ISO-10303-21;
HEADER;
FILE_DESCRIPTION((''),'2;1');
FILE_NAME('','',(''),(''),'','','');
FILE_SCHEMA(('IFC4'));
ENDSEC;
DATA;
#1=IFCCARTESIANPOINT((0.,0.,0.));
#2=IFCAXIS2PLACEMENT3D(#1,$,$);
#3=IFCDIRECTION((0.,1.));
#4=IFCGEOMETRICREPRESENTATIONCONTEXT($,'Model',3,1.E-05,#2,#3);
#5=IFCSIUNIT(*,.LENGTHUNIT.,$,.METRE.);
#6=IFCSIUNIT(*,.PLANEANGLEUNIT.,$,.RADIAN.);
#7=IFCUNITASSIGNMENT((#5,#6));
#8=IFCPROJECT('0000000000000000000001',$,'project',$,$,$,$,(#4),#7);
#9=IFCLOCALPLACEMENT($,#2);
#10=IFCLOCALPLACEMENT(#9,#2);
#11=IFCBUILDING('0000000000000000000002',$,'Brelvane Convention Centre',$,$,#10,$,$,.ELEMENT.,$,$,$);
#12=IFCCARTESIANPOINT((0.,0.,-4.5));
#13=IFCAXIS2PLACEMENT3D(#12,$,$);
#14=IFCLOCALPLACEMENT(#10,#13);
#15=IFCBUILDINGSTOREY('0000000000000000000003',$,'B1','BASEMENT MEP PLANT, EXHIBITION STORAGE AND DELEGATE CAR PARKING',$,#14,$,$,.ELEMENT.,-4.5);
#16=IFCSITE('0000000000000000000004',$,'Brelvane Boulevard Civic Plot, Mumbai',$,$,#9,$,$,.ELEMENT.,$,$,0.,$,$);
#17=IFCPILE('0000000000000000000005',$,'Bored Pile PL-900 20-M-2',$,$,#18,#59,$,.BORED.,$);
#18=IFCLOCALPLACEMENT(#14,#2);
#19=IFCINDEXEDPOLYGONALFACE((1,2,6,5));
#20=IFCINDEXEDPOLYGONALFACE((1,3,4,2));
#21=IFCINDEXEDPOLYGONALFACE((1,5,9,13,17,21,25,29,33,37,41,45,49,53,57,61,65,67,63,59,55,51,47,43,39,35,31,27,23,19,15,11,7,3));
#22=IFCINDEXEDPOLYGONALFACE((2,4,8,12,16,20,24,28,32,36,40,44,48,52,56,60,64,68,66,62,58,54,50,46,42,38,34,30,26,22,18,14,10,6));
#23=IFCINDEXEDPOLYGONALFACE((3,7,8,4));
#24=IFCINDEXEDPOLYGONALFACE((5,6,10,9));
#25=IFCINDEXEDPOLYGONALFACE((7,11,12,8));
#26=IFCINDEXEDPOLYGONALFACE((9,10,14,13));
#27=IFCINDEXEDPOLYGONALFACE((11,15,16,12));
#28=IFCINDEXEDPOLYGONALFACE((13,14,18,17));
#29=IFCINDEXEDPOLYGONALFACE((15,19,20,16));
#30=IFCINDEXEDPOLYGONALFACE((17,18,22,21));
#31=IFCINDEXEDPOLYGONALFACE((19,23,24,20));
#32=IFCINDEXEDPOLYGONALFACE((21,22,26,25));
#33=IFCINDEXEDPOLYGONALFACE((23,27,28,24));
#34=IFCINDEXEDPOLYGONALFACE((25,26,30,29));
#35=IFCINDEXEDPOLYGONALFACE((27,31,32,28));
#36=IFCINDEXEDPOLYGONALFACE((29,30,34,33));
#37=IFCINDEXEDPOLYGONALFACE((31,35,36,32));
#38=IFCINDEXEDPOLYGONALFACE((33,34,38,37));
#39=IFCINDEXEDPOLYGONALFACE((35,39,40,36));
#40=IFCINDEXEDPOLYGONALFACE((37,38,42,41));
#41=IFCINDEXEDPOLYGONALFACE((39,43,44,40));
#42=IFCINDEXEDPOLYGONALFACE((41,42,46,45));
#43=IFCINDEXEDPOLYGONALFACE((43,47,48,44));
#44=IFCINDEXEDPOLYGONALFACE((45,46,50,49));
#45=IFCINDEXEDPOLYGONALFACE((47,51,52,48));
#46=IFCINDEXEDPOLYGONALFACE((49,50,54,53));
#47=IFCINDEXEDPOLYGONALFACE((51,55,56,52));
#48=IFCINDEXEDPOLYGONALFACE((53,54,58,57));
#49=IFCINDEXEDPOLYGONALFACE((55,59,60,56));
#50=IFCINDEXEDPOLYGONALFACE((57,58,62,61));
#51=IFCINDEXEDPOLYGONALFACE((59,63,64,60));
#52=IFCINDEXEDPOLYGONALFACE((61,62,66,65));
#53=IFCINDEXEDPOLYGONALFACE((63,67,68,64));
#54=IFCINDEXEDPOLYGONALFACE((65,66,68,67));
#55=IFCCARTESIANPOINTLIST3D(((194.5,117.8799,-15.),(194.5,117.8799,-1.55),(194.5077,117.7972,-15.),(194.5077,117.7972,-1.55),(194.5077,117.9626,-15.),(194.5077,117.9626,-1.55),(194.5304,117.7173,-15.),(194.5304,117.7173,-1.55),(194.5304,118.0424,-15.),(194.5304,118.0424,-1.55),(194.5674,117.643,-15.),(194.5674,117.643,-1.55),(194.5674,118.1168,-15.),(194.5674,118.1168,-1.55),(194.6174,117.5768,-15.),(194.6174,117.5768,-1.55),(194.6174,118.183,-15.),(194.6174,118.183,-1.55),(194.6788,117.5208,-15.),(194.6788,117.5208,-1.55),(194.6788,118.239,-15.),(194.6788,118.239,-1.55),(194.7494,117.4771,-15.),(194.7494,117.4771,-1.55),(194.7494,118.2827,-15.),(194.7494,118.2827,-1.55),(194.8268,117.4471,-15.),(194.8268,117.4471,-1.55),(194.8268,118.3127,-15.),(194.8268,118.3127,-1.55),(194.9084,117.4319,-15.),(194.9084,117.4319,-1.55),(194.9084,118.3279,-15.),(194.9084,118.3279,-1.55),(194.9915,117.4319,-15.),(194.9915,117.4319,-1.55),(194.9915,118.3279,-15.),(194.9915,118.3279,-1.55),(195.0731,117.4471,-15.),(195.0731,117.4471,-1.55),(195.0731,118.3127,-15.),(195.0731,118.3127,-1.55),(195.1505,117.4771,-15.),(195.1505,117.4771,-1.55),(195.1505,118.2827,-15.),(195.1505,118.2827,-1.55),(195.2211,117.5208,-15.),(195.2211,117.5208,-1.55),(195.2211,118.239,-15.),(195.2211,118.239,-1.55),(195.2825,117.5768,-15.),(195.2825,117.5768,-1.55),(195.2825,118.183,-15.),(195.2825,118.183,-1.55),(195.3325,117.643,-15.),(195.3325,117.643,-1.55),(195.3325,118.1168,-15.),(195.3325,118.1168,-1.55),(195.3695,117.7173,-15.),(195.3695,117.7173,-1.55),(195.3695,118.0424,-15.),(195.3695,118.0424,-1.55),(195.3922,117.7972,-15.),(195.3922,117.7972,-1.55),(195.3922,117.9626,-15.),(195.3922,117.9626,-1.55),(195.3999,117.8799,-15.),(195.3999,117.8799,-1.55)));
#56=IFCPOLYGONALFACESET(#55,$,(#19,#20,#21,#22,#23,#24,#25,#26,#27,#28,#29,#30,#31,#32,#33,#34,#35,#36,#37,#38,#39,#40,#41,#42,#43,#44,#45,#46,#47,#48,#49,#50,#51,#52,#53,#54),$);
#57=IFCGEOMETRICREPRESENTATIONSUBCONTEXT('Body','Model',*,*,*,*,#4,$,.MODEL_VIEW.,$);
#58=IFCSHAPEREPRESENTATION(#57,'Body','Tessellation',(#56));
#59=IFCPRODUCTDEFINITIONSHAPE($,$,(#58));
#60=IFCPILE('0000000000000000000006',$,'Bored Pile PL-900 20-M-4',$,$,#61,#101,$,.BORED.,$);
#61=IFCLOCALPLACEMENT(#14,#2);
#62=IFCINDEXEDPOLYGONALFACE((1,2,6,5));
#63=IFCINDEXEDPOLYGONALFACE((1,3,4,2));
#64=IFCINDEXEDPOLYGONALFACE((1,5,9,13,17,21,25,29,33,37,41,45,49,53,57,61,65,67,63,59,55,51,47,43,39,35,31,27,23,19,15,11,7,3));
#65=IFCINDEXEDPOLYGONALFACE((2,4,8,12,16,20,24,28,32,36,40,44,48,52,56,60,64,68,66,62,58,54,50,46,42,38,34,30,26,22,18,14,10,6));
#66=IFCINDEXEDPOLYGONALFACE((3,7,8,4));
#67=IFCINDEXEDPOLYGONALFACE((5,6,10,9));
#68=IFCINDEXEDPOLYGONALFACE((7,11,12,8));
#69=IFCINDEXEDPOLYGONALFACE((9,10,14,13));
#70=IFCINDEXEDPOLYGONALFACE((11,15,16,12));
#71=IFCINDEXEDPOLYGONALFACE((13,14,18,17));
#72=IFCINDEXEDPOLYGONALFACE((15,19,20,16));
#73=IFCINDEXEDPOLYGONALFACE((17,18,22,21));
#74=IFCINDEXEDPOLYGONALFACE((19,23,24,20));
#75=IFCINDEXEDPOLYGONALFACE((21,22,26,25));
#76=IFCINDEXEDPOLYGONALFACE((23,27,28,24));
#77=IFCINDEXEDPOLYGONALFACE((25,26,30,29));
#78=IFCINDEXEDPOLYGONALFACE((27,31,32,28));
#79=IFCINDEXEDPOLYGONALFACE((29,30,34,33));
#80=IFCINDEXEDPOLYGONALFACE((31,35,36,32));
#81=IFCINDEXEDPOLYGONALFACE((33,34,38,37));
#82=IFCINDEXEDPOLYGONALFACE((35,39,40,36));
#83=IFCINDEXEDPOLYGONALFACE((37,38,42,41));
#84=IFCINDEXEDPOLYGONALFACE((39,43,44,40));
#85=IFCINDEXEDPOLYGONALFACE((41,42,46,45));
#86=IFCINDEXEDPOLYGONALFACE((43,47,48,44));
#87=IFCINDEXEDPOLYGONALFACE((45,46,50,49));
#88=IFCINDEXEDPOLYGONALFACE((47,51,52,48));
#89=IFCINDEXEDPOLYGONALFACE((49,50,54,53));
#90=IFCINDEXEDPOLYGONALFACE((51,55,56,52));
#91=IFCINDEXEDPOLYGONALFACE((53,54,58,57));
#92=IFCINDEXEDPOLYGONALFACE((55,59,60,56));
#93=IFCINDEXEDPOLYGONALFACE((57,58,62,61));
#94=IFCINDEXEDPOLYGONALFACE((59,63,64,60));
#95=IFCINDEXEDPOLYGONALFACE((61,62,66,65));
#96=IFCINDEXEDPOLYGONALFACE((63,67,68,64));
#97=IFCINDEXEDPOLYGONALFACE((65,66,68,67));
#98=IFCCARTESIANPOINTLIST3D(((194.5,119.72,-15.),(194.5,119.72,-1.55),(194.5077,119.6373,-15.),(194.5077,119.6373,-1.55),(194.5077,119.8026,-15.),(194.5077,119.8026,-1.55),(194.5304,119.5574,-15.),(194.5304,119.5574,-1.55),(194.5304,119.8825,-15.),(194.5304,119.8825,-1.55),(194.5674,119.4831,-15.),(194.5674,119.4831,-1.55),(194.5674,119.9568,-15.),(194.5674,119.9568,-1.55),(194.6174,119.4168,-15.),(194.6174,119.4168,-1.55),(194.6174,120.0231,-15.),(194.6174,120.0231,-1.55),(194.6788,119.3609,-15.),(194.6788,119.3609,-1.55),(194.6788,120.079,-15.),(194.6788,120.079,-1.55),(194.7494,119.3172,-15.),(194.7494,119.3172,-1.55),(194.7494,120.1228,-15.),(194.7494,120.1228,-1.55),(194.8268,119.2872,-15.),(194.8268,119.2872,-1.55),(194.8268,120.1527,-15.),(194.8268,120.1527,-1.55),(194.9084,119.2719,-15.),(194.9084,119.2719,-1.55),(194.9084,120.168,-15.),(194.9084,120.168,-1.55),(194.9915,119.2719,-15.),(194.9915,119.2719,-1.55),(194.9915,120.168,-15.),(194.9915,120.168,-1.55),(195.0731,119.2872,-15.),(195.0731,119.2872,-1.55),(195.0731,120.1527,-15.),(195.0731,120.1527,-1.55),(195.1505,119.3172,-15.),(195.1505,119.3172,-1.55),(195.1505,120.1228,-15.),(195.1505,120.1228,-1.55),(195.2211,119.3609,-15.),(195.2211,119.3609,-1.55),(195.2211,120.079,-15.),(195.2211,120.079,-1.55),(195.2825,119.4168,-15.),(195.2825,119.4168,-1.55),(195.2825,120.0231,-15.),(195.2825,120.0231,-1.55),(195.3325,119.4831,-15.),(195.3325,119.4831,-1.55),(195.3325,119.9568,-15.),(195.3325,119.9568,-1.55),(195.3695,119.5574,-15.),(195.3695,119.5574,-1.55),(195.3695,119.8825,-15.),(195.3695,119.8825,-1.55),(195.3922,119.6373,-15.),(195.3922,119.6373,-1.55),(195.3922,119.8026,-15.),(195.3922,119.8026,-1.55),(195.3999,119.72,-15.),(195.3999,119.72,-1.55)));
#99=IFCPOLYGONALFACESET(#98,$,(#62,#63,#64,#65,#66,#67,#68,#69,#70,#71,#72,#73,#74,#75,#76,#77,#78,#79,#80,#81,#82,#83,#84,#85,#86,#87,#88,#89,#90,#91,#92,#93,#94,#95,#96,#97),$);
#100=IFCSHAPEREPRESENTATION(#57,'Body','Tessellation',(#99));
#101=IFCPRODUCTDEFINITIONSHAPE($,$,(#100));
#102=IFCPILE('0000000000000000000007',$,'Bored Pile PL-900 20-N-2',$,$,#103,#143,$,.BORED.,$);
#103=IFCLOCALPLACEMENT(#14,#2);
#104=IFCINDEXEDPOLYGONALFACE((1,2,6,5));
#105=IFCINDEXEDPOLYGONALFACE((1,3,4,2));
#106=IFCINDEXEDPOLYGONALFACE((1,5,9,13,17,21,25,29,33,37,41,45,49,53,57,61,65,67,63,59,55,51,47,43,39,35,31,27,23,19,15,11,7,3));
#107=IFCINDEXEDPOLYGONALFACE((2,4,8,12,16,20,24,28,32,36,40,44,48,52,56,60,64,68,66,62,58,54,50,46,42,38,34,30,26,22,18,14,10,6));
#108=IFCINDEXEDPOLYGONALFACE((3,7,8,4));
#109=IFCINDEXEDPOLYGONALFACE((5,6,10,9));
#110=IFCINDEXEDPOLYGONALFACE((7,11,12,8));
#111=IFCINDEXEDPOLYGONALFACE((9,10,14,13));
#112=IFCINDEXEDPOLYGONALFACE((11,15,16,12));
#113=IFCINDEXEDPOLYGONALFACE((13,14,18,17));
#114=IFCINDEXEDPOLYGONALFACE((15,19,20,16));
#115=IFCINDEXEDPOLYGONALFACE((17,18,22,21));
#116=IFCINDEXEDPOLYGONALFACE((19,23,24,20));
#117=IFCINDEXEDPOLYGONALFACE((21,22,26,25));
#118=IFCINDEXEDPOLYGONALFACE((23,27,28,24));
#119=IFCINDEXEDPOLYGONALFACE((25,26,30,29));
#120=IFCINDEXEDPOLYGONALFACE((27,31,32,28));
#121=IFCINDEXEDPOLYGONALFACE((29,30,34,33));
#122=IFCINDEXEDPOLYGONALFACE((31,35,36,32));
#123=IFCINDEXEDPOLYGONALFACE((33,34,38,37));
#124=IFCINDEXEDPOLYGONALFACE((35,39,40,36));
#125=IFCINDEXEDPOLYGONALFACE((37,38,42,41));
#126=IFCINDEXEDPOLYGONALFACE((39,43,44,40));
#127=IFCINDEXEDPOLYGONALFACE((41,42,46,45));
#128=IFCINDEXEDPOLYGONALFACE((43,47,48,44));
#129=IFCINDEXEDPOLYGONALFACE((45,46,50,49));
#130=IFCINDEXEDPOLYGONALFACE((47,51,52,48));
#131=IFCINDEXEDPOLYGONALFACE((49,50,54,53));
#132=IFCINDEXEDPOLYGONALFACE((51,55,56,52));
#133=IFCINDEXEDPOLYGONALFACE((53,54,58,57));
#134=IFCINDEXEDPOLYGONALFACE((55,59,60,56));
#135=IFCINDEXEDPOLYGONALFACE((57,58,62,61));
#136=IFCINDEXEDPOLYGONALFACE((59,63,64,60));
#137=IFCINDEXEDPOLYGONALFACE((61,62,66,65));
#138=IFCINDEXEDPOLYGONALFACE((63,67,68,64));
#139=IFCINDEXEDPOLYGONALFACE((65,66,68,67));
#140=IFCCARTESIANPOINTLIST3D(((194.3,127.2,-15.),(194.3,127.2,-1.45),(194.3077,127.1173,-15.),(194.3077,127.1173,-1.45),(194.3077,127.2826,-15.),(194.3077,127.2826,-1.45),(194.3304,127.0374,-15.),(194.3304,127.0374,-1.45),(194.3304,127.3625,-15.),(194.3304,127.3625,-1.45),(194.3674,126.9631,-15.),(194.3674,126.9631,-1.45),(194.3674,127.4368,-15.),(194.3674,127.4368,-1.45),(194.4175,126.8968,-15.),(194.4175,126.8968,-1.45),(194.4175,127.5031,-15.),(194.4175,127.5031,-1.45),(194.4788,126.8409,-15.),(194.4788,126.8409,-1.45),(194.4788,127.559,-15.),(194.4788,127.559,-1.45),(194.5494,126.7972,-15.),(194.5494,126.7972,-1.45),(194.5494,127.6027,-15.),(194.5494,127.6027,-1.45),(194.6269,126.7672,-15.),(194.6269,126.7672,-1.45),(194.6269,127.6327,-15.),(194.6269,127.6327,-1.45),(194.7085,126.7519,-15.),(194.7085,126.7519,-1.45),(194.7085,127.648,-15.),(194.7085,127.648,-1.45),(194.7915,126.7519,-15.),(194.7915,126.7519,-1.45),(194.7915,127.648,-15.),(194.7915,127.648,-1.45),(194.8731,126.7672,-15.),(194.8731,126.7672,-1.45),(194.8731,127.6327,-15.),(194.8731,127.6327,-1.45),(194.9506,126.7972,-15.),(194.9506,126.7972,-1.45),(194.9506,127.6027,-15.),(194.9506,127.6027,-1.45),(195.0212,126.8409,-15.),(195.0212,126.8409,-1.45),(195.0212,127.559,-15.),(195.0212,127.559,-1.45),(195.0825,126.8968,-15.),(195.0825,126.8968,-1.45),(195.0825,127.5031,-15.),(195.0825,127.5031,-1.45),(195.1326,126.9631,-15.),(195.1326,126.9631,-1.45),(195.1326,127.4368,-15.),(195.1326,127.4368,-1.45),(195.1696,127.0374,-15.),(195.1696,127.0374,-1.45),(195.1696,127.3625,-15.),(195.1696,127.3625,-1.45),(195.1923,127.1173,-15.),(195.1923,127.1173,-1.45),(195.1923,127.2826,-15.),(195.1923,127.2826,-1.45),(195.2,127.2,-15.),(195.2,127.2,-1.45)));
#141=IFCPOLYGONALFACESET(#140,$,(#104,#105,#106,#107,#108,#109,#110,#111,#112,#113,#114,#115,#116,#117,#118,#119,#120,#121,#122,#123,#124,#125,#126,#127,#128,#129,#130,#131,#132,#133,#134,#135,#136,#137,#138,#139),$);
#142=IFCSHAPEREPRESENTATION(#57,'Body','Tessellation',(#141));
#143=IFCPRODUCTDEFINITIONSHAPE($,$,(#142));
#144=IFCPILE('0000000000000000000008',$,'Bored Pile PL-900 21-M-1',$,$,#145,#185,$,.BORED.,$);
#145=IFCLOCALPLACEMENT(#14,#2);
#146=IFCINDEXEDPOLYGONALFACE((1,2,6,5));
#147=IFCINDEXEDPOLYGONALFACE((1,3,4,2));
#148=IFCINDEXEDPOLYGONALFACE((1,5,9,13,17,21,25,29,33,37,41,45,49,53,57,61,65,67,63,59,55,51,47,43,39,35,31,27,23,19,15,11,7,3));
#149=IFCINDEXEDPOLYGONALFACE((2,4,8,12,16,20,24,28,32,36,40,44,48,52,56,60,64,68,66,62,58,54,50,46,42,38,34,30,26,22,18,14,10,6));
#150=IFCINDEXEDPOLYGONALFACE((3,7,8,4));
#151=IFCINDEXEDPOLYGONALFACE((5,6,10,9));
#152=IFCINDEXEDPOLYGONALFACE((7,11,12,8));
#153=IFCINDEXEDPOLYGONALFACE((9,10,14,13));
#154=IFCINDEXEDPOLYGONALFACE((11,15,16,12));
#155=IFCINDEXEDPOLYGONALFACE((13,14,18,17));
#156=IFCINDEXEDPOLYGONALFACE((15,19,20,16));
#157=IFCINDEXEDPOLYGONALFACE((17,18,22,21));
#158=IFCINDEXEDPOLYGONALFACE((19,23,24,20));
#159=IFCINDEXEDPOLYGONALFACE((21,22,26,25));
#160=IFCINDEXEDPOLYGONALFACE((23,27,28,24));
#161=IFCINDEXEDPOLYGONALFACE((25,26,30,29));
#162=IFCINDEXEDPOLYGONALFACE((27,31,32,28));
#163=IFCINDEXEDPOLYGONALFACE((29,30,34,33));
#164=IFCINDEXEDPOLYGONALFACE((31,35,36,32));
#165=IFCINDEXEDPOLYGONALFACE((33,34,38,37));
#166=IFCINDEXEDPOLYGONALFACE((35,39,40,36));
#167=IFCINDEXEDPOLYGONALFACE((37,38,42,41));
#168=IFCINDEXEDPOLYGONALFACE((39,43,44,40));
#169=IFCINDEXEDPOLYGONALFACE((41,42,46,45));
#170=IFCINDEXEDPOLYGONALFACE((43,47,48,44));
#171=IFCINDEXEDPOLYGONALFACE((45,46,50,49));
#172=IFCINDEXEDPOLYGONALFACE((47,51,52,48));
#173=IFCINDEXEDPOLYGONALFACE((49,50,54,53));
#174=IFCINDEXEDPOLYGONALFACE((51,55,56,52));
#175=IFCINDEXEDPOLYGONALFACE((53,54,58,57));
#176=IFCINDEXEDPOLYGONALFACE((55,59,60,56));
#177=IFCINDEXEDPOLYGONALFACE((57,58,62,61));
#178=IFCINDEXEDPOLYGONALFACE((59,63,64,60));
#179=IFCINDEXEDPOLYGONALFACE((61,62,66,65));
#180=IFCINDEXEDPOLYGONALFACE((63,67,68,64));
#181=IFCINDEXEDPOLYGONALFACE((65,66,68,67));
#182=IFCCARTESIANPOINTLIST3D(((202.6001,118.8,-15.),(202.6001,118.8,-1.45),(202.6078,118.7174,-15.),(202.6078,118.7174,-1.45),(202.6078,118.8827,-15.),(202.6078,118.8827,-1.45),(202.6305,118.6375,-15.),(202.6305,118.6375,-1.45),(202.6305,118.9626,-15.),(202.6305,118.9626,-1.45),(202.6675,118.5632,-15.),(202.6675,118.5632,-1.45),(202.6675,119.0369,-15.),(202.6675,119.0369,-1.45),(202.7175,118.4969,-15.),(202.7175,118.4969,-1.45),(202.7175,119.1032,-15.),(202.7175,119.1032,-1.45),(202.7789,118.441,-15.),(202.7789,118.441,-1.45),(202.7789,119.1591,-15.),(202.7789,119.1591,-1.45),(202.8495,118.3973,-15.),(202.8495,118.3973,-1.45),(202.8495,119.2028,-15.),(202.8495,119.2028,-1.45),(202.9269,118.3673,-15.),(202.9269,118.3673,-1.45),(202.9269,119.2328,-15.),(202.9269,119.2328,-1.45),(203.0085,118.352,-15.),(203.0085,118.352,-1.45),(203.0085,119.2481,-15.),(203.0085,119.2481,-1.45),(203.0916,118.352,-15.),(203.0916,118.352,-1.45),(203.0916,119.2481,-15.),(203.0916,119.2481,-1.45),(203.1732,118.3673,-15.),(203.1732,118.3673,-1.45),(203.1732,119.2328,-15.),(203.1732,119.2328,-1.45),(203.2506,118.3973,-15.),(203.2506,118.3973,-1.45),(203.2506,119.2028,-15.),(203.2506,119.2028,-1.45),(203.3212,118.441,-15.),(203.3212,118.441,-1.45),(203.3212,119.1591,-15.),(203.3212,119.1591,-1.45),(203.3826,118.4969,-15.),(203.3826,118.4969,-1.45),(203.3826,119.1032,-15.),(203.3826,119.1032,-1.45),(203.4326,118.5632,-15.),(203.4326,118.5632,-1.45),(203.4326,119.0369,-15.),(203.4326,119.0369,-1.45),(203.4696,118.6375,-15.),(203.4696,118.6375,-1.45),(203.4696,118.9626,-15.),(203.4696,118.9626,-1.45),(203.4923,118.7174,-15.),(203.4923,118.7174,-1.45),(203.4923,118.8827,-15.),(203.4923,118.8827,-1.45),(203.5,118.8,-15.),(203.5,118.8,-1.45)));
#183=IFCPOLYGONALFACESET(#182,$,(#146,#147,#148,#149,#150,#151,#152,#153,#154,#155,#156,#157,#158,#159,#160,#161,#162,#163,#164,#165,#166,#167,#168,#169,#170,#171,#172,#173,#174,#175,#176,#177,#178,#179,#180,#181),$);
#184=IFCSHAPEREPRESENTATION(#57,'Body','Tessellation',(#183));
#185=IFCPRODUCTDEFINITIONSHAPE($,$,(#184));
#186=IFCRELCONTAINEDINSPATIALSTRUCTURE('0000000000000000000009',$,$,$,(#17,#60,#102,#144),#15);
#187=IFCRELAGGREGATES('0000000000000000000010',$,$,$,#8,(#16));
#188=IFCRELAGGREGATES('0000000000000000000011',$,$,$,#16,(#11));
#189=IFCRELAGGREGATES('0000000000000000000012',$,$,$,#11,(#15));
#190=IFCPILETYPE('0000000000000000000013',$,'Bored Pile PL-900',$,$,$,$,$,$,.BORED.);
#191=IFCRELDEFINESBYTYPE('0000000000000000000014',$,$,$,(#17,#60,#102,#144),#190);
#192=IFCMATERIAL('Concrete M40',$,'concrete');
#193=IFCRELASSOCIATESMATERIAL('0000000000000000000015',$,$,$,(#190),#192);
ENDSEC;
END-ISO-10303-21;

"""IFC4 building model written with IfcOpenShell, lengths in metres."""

from ifc_helpers import new_model, si_unit, direction, frame, origin, origin_2d, place, context, subcontext, project, spatial, circle, extrude, material, material_profile, profile_set, type_object, element, save


model = new_model("IFC4")

# Units and contexts
model_context = context("Model", 3, precision=1e-05, world=origin(), true_north=direction((0.0, 1.0)))
body_context = subcontext(model_context, "Body", "Model", "MODEL_VIEW")
ifc_project = project(units=[si_unit("LENGTHUNIT", "METRE"), si_unit("PLANEANGLEUNIT", "RADIAN")], contexts=[model_context])

# Site, building, storey
site_placement = place(None, origin())
site = spatial("IfcSite", under=ifc_project, at=site_placement, Name="Brelvane Boulevard Civic Plot, Mumbai", CompositionType="ELEMENT", RefElevation=0.0)
building_placement = place(site_placement, origin())
building = spatial("IfcBuilding", under=site, at=building_placement, Name="Brelvane Convention Centre", CompositionType="ELEMENT")
storey_placement = place(building_placement, frame((0.0, 0.0, -4.5)))
storey = spatial("IfcBuildingStorey", under=building, at=storey_placement, Name="B1", Description="BASEMENT MEP PLANT, EXHIBITION STORAGE AND DELEGATE CAR PARKING", CompositionType="ELEMENT", Elevation=-4.5)

# Piles
ifc_material_1 = material(Name="Concrete M40", Category="concrete")
ifc_material_profile_1 = material_profile(ifc_material_1, circle(Radius=0.45, at=origin_2d()), Name="PILE D900")
ifc_profile_set_1 = profile_set([ifc_material_profile_1], Name="Concrete M40")
pile_type = type_object("IfcPileType", Name="Bored Pile PL-900", PredefinedType="BORED", material=ifc_profile_set_1)
for number, where, z_axis, x_axis, name in (
    (1, (194.95, 117.8799, -1.55), (0.0, 0.0, -1.0), (1.0, 0.0, 0.0), "Bored Pile PL-900 20-M-2"),
    (2, (194.95, 119.72, -1.55), (0.0, 0.0, -1.0), (1.0, 0.0, 0.0), "Bored Pile PL-900 20-M-4"),
):
    element("IfcPile", number, at=place(storey_placement, frame(where, z_axis=z_axis, x_axis=x_axis)), inside=storey, type_object=pile_type, Name=name, PredefinedType="BORED", context=body_context, shape_type="SweptSolid", body=[
        extrude(circle(Radius=0.45, at=origin_2d()), origin(), (0.0, 0.0, 1.0), 13.45),
    ])
for number, where, z_axis, x_axis, name in (
    (3, (194.75, 127.2, -1.45), (0.0, 0.0, -1.0), (1.0, 0.0, 0.0), "Bored Pile PL-900 20-N-2"),
    (4, (203.05, 118.8, -1.45), (0.0, 0.0, -1.0), (1.0, 0.0, 0.0), "Bored Pile PL-900 21-M-1"),
):
    element("IfcPile", number, at=place(storey_placement, frame(where, z_axis=z_axis, x_axis=x_axis)), inside=storey, type_object=pile_type, Name=name, PredefinedType="BORED", context=body_context, shape_type="SweptSolid", body=[
        extrude(circle(Radius=0.45, at=origin_2d()), origin(), (0.0, 0.0, 1.0), 13.55),
    ])

save(model, "model.ifc")
